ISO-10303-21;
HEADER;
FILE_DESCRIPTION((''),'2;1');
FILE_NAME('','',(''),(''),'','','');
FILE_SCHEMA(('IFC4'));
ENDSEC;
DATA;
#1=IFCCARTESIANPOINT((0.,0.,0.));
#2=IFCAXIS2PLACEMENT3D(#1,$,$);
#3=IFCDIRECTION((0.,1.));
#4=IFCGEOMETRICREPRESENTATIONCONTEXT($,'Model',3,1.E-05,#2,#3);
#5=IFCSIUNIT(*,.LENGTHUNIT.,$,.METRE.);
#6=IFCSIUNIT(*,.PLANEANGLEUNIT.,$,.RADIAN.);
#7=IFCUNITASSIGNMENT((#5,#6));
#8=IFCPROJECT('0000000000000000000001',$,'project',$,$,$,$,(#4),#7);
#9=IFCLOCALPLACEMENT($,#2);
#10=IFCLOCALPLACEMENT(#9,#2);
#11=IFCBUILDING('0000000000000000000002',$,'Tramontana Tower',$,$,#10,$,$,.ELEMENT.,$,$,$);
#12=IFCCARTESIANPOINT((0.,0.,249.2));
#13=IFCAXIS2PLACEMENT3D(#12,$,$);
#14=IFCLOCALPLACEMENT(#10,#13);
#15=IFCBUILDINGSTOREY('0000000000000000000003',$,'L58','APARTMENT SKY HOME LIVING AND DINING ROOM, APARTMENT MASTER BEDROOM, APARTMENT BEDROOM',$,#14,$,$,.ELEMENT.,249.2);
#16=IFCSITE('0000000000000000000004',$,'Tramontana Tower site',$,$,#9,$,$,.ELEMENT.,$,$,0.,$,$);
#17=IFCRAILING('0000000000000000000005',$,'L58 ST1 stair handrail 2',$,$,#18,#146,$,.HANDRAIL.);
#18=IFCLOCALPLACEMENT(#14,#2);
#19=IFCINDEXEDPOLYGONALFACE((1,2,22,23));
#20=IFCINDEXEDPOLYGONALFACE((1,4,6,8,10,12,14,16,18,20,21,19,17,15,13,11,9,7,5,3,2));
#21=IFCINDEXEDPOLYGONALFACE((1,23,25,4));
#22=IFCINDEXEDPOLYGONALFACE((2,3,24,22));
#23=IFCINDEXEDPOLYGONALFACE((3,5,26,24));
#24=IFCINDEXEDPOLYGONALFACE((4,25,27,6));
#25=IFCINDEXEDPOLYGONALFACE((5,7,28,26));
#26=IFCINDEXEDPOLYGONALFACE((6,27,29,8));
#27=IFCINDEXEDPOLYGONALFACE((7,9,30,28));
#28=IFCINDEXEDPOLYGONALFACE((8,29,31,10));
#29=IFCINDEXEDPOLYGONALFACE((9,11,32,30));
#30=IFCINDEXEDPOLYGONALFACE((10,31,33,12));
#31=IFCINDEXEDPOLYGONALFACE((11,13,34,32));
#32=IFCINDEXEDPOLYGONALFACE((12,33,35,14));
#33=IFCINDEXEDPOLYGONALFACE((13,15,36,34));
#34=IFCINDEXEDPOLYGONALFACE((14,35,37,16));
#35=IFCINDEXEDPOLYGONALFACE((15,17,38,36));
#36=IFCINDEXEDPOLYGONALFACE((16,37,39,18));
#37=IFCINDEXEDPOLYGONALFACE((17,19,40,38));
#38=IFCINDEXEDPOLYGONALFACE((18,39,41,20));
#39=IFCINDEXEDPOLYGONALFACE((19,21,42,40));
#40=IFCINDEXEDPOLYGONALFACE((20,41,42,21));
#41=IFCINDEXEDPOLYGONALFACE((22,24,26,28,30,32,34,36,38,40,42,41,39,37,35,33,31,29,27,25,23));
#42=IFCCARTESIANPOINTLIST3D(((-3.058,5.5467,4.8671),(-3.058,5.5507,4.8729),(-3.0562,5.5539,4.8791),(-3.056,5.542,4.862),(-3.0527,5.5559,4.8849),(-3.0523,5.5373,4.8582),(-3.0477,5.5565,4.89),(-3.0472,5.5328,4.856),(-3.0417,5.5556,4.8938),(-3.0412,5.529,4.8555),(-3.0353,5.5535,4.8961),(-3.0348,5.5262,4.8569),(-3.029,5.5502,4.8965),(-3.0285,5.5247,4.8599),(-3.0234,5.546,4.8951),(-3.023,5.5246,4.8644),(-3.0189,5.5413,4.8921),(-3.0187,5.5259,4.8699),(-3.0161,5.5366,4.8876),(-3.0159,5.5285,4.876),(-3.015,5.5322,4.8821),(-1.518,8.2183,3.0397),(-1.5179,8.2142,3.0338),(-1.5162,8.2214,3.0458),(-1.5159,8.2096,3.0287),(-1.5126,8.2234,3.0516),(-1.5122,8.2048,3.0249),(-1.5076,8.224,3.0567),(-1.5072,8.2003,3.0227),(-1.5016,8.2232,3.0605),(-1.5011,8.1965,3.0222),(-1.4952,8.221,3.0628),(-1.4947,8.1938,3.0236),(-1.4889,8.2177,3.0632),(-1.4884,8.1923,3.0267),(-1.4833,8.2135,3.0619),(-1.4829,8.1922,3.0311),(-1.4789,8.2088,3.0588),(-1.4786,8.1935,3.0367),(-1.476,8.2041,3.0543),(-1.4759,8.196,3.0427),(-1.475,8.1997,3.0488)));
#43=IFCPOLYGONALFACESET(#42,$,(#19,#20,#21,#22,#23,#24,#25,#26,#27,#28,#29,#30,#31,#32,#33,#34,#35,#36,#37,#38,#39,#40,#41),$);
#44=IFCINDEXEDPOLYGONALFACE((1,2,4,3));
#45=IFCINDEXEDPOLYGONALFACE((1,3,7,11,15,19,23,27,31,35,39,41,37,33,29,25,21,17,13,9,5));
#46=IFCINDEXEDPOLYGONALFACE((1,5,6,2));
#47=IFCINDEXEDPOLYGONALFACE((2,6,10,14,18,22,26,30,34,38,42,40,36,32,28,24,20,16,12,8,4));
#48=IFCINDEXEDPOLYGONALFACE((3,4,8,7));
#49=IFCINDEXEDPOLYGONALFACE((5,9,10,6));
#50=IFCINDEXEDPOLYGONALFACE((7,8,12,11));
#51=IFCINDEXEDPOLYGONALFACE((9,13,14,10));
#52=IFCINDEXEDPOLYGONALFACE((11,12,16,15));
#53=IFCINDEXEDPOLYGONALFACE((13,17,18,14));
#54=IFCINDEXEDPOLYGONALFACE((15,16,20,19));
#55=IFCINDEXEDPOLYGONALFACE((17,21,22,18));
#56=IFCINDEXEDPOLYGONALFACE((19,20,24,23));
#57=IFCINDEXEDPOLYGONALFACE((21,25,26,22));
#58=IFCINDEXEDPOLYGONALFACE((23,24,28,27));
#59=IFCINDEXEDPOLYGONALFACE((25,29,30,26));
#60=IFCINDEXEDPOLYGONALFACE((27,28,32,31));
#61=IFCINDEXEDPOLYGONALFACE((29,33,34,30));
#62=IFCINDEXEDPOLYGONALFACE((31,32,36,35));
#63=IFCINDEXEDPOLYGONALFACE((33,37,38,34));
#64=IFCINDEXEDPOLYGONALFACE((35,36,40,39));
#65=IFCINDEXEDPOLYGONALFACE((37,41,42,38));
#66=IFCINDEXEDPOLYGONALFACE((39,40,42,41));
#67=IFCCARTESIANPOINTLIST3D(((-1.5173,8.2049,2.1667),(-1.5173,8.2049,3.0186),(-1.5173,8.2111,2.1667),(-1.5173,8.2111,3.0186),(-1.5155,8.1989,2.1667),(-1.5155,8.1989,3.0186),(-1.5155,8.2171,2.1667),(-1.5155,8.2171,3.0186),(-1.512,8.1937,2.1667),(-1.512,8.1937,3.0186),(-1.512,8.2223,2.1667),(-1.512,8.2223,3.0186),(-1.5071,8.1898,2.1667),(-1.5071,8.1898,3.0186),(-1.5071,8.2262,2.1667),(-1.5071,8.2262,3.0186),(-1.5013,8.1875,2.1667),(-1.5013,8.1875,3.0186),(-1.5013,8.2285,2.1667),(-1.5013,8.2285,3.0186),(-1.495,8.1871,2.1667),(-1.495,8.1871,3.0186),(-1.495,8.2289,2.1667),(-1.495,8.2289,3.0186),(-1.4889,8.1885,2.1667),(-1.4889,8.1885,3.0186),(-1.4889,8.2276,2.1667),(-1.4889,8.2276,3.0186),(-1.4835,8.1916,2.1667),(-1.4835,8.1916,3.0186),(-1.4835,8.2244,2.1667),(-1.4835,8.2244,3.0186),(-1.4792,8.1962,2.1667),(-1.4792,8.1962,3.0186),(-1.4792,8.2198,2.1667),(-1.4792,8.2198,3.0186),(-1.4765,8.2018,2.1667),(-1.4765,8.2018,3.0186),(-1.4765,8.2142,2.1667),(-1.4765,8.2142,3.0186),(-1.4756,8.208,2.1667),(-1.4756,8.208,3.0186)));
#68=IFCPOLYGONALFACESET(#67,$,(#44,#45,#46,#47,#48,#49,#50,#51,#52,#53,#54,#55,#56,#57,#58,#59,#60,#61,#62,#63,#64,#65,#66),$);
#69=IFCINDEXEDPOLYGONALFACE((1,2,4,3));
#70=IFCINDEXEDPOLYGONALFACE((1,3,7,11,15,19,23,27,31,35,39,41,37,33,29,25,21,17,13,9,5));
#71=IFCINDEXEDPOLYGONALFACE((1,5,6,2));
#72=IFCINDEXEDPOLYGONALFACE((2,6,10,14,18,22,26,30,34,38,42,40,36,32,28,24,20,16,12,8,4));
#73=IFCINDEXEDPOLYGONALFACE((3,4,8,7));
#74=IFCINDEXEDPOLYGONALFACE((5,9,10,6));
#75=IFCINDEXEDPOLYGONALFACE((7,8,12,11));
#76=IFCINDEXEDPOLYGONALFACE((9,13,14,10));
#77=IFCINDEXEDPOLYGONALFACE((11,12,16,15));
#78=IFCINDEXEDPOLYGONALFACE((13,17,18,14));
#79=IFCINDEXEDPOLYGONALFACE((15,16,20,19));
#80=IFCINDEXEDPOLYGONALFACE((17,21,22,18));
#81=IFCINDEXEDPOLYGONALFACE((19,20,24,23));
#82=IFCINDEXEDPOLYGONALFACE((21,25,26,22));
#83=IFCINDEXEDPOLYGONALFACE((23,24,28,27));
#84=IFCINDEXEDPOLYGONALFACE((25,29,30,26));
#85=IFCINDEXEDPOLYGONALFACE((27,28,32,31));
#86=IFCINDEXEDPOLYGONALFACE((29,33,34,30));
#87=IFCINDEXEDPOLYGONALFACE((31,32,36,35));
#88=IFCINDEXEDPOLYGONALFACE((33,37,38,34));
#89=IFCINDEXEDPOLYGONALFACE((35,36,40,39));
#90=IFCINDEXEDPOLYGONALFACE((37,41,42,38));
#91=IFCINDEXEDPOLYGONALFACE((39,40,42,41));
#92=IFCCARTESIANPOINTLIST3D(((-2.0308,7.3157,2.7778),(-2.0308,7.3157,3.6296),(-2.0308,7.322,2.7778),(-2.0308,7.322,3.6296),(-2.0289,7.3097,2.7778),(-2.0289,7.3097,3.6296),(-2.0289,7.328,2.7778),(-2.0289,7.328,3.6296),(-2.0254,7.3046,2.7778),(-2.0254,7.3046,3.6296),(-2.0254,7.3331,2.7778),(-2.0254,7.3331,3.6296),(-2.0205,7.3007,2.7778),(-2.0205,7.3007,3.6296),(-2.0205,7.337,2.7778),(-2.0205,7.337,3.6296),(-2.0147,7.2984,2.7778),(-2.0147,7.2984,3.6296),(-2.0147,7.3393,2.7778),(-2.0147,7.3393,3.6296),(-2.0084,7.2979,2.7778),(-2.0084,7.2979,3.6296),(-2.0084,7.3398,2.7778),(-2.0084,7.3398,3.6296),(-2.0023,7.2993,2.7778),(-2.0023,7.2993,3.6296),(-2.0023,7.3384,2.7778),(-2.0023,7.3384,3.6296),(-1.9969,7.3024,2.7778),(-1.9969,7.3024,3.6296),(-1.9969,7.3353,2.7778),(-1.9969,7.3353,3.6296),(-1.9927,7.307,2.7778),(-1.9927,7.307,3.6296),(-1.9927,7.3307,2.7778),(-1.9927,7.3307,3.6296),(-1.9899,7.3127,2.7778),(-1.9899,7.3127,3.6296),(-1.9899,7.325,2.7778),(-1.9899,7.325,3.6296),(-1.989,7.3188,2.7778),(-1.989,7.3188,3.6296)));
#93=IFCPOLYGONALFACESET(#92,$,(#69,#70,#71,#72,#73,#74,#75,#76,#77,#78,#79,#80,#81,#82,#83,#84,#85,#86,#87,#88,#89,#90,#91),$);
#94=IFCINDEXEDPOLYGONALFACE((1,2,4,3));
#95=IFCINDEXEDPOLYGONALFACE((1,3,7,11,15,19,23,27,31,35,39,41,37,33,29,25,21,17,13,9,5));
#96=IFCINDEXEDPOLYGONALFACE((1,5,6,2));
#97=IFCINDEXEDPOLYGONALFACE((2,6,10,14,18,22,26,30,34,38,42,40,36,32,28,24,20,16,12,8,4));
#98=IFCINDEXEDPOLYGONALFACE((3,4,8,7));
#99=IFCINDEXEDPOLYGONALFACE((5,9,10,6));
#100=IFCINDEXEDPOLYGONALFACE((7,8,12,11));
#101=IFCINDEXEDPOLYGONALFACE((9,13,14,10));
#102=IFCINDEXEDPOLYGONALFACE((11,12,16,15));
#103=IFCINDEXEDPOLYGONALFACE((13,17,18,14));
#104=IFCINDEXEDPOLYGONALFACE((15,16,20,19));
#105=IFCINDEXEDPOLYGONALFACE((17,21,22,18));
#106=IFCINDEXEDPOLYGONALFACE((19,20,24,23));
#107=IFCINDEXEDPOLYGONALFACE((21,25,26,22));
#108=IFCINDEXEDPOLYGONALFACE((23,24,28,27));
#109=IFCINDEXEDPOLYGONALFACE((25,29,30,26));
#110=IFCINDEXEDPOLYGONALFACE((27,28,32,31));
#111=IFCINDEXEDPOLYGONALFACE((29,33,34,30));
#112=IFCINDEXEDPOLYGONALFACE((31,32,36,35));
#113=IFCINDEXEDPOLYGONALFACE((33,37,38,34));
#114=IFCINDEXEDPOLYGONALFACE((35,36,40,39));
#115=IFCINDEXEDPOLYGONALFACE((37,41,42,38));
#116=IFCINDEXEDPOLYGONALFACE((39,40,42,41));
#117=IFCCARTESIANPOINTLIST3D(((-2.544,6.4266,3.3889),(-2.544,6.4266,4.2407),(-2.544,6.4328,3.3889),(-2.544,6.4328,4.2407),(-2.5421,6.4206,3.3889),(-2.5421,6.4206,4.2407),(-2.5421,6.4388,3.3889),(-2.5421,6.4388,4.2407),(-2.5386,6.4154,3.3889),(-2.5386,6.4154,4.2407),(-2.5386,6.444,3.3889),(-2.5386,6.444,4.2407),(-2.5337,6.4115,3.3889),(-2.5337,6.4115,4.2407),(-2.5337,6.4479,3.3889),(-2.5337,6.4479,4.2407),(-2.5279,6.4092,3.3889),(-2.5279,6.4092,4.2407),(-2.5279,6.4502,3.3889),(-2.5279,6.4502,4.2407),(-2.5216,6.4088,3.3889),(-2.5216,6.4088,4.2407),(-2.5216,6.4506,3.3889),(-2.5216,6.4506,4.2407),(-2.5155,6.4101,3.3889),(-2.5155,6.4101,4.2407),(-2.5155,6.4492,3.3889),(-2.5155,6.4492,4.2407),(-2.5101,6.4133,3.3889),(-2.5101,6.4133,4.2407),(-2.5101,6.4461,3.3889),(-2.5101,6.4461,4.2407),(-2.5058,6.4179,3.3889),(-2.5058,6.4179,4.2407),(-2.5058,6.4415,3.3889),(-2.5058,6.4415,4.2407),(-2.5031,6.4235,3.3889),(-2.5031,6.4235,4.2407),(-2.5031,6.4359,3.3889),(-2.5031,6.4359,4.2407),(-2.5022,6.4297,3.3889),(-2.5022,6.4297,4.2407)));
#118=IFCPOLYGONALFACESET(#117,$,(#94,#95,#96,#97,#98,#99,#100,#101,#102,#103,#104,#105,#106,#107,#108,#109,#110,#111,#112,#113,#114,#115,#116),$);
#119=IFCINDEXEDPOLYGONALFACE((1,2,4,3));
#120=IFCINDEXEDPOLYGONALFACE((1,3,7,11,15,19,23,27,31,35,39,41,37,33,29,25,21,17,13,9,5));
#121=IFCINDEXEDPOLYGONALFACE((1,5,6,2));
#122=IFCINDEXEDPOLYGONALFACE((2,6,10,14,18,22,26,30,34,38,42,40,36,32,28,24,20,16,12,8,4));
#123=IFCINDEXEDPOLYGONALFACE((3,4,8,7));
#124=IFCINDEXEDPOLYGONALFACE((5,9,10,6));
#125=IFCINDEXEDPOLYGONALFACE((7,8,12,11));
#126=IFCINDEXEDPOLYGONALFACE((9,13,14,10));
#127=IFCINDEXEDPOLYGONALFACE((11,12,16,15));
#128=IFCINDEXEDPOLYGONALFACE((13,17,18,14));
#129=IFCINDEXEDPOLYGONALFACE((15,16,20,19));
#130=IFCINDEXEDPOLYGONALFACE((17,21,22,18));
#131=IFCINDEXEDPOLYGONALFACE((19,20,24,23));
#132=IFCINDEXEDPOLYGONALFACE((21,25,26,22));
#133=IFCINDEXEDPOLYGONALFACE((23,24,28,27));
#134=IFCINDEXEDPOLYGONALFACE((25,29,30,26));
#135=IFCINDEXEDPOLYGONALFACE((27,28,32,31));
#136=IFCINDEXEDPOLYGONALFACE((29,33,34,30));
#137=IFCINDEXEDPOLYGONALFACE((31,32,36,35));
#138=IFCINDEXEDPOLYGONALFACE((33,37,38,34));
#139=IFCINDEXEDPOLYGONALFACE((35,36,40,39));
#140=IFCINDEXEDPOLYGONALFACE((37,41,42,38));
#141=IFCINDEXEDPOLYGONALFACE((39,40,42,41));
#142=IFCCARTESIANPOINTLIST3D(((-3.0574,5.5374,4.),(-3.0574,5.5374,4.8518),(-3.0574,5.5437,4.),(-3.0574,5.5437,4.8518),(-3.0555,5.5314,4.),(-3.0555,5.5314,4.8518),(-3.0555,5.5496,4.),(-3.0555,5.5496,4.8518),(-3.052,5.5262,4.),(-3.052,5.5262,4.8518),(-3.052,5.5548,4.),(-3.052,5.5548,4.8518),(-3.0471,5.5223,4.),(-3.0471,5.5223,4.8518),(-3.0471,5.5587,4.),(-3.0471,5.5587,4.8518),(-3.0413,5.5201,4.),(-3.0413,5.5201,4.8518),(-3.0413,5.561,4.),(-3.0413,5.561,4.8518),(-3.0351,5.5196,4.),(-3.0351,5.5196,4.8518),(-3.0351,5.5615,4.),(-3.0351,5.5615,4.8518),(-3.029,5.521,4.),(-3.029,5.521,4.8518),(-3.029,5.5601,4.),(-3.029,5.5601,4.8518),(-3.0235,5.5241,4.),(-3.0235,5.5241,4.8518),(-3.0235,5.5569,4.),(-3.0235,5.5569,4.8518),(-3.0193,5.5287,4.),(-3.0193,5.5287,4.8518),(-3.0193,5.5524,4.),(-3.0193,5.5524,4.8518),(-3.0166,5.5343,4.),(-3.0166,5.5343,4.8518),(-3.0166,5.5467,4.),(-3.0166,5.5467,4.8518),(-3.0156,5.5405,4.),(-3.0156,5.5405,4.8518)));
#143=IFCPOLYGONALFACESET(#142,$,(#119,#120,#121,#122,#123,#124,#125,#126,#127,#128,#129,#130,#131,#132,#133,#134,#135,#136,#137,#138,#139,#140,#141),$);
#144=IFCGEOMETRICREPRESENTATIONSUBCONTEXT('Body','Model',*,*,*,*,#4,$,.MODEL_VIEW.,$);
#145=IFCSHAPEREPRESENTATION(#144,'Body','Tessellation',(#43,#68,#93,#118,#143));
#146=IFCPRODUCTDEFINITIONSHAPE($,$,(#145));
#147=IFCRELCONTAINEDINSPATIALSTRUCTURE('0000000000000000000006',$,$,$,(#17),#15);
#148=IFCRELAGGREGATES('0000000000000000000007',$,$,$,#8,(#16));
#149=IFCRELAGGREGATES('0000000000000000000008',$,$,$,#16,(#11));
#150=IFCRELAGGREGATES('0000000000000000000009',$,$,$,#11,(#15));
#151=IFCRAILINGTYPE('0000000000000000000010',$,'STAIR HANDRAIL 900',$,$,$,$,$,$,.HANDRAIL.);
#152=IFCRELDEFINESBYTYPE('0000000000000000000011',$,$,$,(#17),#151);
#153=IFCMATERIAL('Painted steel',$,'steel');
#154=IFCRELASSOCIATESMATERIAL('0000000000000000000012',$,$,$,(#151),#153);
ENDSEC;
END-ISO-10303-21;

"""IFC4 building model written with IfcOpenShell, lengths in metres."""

from ifc_helpers import new_model, si_unit, direction, frame, origin, origin_2d, place, context, subcontext, project, spatial, circle, extrude, material, type_object, element, save


model = new_model("IFC4")

# Units and contexts
model_context = context("Model", 3, precision=1e-05, world=origin(), true_north=direction((0.0, 1.0)))
body_context = subcontext(model_context, "Body", "Model", "MODEL_VIEW")
ifc_project = project(units=[si_unit("LENGTHUNIT", "METRE"), si_unit("PLANEANGLEUNIT", "RADIAN")], contexts=[model_context])

# Site, building, storey
site_placement = place(None, origin())
site = spatial("IfcSite", under=ifc_project, at=site_placement, Name="Tramontana Tower site", CompositionType="ELEMENT", RefElevation=0.0)
building_placement = place(site_placement, origin())
building = spatial("IfcBuilding", under=site, at=building_placement, Name="Tramontana Tower", CompositionType="ELEMENT")
storey_placement = place(building_placement, frame((0.0, 0.0, 249.2)))
storey = spatial("IfcBuildingStorey", under=building, at=storey_placement, Name="L58", Description="APARTMENT SKY HOME LIVING AND DINING ROOM, APARTMENT MASTER BEDROOM, APARTMENT BEDROOM", CompositionType="ELEMENT", Elevation=249.2)

# Railing
ifc_material_1 = material(Name="Painted steel", Category="steel")
railing_type_1 = type_object("IfcRailingType", Name="STAIR HANDRAIL 900", PredefinedType="HANDRAIL", material=ifc_material_1)
railing_1_placement = place(storey_placement, frame((-1.4966, 8.208, 2.1667)))
element("IfcRailing", 1, at=railing_1_placement, inside=storey, type_object=railing_type_1, Name="L58 ST1 stair handrail 2", PredefinedType="HANDRAIL", context=body_context, shape_type="SweptSolid", body=[
    extrude(circle(Radius=0.0239, at=origin_2d()), frame((0.0, 0.0, 0.876), z_axis=(-0.429649, -0.74419, 0.511452), x_axis=(0.86603, -0.499992, 0.0)), (0.0, 0.0, 1.0), 3.5845),
    extrude(circle(Radius=0.021, at=origin_2d()), origin(), (0.0, 0.0, 1.0), 0.8518),
    extrude(circle(Radius=0.021, at=origin_2d()), frame((-0.5134, -0.8892, 0.6111)), (0.0, 0.0, 1.0), 0.8518),
    extrude(circle(Radius=0.021, at=origin_2d()), frame((-1.0266, -1.7783, 1.2222)), (0.0, 0.0, 1.0), 0.8518),
    extrude(circle(Radius=0.021, at=origin_2d()), frame((-1.54, -2.6675, 1.8333)), (0.0, 0.0, 1.0), 0.8518),
])

save(model, "model.ifc")
